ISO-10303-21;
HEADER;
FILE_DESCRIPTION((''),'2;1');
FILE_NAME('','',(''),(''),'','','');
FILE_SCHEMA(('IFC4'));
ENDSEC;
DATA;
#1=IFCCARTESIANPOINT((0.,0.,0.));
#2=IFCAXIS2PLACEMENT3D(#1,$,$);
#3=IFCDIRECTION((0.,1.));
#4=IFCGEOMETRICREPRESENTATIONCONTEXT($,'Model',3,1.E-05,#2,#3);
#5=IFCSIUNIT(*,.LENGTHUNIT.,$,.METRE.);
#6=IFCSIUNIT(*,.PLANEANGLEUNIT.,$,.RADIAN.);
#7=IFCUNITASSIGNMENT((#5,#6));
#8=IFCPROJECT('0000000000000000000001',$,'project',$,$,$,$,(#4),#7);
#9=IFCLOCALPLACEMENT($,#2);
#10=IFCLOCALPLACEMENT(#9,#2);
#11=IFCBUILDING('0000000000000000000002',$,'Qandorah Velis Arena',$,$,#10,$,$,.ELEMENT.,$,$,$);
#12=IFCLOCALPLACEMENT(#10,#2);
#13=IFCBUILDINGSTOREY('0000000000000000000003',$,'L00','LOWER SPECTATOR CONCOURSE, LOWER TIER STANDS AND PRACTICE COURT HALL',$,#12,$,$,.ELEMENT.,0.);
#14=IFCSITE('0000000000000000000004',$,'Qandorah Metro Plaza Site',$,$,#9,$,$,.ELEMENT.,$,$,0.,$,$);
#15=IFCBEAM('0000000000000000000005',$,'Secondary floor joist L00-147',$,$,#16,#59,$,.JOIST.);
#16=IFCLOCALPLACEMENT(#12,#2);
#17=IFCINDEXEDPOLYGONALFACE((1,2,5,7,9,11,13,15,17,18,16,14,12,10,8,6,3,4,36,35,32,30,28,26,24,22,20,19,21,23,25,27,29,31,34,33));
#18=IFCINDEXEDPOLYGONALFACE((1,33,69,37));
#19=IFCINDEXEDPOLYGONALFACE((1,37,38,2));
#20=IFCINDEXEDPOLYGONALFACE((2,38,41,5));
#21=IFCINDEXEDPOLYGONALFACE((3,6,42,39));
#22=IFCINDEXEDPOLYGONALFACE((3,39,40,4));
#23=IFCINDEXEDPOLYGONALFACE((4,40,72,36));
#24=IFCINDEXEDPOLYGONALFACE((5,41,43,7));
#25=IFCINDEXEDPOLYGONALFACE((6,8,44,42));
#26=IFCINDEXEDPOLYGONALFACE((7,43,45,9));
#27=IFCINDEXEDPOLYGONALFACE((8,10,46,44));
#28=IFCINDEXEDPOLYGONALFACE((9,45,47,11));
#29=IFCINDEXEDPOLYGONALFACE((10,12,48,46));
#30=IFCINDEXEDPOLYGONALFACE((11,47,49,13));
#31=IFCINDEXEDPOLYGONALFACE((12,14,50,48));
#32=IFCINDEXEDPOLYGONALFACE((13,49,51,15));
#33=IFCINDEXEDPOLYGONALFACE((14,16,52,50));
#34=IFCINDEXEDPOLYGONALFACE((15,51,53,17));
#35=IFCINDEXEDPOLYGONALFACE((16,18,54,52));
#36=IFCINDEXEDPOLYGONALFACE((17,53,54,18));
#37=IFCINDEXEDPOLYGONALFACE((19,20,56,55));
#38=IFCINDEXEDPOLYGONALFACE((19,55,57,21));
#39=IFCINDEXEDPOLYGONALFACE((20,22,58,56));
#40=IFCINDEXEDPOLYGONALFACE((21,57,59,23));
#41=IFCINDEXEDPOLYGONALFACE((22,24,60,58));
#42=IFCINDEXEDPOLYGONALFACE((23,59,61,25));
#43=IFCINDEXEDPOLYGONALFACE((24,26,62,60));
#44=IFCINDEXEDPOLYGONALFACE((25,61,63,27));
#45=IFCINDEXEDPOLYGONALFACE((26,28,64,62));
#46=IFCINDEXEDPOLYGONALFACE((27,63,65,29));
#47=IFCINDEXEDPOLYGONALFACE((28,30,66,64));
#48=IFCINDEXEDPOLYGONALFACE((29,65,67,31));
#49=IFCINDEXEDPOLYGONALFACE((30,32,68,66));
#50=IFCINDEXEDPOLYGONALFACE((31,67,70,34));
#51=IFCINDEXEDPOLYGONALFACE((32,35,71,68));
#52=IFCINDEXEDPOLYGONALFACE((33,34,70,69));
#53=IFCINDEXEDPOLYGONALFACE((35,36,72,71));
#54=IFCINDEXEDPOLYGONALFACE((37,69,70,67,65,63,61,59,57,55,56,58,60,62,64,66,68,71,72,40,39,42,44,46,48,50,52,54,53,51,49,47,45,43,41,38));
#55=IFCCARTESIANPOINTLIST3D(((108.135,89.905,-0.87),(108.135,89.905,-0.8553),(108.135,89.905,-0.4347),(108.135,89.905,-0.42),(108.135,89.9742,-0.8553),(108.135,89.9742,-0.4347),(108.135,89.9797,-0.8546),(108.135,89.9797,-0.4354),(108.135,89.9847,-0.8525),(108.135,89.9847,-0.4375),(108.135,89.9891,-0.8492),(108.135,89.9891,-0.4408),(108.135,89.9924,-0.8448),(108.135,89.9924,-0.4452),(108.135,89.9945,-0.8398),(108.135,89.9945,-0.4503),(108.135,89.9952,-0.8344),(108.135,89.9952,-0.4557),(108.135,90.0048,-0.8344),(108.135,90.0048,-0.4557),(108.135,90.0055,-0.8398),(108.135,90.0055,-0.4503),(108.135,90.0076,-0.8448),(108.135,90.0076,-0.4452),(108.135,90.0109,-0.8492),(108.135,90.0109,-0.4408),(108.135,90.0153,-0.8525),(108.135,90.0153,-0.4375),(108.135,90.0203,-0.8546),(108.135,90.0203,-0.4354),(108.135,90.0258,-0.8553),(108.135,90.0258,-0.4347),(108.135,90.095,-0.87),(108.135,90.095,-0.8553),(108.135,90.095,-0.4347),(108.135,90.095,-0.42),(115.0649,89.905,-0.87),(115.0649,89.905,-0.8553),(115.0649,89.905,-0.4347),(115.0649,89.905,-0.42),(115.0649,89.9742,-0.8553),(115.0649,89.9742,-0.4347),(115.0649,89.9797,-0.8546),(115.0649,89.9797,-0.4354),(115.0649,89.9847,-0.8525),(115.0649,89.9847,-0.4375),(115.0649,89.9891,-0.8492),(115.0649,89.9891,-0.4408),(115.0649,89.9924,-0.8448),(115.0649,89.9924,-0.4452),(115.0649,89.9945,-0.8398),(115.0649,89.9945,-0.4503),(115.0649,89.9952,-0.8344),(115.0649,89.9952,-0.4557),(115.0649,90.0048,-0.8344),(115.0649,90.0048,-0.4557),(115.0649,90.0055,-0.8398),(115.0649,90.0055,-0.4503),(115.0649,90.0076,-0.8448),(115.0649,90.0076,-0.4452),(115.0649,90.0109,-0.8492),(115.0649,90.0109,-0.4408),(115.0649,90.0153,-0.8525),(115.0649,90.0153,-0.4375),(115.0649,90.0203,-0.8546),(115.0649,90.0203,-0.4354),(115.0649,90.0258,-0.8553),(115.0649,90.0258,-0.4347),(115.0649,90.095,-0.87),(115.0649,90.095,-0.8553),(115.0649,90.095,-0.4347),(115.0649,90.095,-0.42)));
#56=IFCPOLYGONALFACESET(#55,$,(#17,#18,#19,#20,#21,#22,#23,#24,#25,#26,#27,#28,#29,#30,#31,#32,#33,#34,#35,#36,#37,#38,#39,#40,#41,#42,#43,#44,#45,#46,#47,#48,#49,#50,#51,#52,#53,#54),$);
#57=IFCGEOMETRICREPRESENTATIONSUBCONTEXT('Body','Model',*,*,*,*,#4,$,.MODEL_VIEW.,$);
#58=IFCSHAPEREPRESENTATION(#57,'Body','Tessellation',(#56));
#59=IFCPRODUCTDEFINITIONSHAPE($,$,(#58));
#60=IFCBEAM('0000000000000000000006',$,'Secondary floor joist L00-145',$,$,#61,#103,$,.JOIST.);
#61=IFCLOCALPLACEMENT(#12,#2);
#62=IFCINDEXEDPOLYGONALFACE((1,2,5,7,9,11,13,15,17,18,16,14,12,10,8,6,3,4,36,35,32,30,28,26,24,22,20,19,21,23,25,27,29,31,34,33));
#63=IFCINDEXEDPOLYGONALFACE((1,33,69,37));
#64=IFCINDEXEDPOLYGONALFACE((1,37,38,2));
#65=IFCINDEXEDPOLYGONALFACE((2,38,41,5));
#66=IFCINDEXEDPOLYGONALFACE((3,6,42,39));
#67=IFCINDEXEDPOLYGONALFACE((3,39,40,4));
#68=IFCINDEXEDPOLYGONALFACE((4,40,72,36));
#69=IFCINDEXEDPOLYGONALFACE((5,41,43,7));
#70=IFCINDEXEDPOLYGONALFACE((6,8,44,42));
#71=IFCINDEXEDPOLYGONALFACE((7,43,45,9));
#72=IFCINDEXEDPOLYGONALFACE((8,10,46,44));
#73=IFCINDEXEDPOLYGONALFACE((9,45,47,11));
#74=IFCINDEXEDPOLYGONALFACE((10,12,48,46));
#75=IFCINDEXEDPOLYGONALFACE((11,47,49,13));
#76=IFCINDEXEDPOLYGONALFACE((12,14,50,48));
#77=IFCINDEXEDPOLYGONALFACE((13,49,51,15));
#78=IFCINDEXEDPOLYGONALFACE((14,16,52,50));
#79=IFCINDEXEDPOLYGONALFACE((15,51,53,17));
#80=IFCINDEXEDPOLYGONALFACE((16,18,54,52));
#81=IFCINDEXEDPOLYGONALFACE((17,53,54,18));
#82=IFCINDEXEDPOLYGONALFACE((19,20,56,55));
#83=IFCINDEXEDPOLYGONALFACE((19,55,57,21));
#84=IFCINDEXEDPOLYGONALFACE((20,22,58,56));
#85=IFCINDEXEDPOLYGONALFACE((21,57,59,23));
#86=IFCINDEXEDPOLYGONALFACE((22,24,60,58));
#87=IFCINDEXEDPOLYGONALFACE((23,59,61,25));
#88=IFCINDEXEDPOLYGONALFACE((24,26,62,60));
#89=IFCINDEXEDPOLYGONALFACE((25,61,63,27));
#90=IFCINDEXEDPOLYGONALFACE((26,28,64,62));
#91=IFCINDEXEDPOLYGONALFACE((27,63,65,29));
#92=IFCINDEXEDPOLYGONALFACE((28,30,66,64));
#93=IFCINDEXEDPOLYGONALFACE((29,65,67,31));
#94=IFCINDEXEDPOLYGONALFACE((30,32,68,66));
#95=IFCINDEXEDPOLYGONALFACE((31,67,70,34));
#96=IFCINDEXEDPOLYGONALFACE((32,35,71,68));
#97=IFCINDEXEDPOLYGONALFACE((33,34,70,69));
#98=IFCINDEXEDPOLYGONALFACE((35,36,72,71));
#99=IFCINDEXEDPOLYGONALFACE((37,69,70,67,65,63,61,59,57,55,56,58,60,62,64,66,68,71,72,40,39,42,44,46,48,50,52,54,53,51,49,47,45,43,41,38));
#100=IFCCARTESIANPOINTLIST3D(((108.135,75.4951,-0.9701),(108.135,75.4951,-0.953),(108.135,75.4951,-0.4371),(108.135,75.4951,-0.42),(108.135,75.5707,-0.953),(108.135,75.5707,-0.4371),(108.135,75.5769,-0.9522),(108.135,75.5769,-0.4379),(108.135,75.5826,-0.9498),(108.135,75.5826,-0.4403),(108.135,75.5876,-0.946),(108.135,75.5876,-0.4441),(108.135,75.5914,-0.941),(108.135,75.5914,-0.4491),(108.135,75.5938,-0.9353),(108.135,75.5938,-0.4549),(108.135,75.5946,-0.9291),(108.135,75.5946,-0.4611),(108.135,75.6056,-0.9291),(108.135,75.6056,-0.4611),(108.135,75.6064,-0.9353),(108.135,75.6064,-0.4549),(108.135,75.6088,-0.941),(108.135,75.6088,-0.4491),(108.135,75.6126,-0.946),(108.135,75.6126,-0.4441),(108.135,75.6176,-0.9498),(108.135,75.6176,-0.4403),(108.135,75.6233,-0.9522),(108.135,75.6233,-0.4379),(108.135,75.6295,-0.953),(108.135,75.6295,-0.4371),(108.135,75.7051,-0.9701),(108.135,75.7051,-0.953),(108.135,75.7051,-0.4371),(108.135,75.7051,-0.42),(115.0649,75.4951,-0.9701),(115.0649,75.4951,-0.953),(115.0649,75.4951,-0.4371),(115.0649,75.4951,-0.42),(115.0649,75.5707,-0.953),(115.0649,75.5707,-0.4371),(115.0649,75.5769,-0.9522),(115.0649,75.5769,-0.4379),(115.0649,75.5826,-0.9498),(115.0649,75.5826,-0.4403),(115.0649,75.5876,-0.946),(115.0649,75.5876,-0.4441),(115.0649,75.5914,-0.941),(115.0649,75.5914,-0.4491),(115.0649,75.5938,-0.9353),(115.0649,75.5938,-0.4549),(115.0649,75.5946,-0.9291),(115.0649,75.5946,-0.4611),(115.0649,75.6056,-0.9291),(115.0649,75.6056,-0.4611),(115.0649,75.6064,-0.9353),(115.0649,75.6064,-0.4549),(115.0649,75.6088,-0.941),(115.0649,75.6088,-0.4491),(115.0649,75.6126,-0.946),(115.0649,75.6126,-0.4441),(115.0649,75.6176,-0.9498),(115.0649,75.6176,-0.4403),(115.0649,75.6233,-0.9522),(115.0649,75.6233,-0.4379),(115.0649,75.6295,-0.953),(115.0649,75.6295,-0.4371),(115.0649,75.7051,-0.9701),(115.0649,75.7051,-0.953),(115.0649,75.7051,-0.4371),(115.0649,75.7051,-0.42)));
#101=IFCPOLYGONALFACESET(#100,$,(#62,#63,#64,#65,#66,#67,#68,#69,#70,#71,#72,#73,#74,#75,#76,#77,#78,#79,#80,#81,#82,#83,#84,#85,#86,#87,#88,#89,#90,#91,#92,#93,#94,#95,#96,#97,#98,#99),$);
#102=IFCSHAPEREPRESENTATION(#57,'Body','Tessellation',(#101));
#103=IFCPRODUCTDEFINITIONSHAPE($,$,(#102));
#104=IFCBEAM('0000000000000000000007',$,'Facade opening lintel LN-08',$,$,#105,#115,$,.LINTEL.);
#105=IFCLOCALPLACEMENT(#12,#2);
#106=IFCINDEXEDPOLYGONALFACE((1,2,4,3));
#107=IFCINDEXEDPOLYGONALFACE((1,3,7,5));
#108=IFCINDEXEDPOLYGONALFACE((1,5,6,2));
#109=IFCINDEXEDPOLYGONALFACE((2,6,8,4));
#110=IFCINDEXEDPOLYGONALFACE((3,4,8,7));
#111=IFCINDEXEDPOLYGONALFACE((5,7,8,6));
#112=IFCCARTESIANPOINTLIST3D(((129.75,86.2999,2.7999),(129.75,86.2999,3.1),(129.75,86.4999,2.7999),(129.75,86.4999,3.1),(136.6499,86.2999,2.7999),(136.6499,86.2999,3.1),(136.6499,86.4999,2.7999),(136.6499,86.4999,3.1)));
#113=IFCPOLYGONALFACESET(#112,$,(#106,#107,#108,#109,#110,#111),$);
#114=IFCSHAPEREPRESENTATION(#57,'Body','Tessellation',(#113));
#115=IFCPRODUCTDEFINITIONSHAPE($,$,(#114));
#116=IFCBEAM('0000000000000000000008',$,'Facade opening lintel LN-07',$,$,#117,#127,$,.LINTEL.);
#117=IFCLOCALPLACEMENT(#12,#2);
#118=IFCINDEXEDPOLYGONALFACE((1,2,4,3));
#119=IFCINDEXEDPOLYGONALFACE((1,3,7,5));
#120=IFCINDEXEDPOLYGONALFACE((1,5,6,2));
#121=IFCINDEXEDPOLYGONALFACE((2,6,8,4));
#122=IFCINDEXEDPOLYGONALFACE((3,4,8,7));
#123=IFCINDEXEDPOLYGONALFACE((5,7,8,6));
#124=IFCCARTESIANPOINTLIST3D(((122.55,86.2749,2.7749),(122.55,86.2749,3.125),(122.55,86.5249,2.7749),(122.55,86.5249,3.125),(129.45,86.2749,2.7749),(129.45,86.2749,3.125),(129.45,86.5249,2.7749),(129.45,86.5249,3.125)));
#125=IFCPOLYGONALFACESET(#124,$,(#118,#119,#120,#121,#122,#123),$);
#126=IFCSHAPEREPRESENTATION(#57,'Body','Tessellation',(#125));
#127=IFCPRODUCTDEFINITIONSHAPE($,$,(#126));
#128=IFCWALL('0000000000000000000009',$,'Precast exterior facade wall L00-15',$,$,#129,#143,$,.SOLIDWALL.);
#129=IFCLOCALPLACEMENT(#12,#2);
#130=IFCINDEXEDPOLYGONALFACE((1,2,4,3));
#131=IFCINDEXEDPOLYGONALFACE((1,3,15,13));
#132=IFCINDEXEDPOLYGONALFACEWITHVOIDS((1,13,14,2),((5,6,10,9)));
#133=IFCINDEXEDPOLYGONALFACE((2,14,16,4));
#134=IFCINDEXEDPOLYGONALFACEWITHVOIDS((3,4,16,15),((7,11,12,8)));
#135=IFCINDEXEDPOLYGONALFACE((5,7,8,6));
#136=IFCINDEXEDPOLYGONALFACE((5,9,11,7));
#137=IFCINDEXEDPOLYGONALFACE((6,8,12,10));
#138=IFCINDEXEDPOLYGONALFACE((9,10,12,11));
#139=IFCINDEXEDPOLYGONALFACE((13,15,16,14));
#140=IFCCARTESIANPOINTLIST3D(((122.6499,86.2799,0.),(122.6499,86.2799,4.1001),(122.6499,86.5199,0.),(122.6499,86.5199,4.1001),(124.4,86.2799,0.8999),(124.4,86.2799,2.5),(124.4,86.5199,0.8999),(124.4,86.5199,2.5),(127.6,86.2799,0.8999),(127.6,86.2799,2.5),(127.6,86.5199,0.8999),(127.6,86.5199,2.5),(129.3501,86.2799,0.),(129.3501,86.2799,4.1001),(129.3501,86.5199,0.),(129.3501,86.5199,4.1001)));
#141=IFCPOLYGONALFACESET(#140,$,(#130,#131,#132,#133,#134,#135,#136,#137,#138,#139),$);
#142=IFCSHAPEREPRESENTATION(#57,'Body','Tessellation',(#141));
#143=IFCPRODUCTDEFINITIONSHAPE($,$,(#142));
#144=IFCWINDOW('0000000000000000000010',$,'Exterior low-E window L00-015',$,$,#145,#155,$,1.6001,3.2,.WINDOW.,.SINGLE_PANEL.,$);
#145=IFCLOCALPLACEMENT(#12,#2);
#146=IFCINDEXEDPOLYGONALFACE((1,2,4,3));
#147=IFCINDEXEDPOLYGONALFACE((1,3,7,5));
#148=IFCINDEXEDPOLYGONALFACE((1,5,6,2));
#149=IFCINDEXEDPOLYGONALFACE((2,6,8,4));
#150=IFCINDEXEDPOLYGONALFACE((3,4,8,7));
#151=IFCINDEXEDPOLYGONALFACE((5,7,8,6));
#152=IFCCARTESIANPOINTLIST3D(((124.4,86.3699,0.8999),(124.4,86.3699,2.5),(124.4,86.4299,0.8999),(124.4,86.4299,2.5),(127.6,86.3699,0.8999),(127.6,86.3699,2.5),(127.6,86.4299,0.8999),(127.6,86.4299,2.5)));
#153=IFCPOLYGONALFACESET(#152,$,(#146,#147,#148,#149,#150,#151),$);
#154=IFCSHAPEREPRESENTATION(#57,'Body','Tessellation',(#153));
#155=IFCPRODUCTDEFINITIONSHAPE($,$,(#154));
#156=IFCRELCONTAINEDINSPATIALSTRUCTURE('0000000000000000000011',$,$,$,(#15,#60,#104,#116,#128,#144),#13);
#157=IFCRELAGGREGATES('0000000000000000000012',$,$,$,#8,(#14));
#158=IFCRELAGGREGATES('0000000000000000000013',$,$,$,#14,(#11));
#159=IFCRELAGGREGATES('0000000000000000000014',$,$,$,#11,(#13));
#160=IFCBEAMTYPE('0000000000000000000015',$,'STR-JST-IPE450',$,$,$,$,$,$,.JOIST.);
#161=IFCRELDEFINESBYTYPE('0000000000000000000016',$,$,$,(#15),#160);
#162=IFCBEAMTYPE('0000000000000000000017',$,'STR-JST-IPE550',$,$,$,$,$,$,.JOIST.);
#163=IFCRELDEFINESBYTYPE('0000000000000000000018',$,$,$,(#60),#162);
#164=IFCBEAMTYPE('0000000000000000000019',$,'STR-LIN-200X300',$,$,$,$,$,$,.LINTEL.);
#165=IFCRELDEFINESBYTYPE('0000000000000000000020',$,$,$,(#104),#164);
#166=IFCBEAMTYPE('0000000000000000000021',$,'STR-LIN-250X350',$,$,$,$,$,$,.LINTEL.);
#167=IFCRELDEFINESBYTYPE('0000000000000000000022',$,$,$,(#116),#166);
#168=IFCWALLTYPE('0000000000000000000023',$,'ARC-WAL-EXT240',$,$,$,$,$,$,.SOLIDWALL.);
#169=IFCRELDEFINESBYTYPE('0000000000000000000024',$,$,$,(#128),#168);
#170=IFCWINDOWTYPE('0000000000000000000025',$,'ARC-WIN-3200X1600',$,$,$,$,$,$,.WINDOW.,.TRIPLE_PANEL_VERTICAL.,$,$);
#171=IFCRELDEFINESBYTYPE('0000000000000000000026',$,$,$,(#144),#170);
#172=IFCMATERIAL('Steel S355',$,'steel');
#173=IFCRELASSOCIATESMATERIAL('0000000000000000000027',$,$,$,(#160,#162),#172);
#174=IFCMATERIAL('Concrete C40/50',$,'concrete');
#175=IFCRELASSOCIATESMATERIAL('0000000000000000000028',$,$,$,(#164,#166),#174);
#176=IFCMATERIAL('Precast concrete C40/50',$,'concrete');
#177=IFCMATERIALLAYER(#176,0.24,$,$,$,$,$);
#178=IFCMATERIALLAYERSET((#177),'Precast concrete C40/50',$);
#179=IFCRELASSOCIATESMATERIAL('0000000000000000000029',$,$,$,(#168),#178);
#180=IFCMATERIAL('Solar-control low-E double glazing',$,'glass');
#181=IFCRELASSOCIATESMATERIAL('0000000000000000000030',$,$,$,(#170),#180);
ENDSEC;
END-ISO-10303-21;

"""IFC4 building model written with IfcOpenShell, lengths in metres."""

from ifc_helpers import new_model, si_unit, direction, frame, frame_2d, origin, origin_2d, place, context, subcontext, project, spatial, rectangle, i_section, extrude, material, layer, layer_set, material_profile, profile_set, type_object, element, fill, save


model = new_model("IFC4")

# Units and contexts
model_context = context("Model", 3, precision=1e-05, world=origin(), true_north=direction((0.0, 1.0)))
body_context = subcontext(model_context, "Body", "Model", "MODEL_VIEW")
ifc_project = project(units=[si_unit("LENGTHUNIT", "METRE"), si_unit("PLANEANGLEUNIT", "RADIAN")], contexts=[model_context])

# Site, building, storey
site_placement = place(None, origin())
site = spatial("IfcSite", under=ifc_project, at=site_placement, Name="Qandorah Metro Plaza Site", CompositionType="ELEMENT", RefElevation=0.0)
building_placement = place(site_placement, origin())
building = spatial("IfcBuilding", under=site, at=building_placement, Name="Qandorah Velis Arena", CompositionType="ELEMENT")
storey_placement = place(building_placement, origin())
storey = spatial("IfcBuildingStorey", under=building, at=storey_placement, Name="L00", Description="LOWER SPECTATOR CONCOURSE, LOWER TIER STANDS AND PRACTICE COURT HALL", CompositionType="ELEMENT", Elevation=0.0)

# Shared definitions
ifc_material_1 = material(Name="Concrete C40/50", Category="concrete")

# Beams
ifc_material_2 = material(Name="Steel S355", Category="steel")
ifc_material_profile_1 = material_profile(ifc_material_2, i_section(OverallWidth=0.1899, OverallDepth=0.45, WebThickness=0.0095, FlangeThickness=0.0146, FilletRadius=0.021, at=origin_2d()), Name="IPE 450")
ifc_profile_set_1 = profile_set([ifc_material_profile_1], Name="Steel S355")
beam_type_1 = type_object("IfcBeamType", Name="STR-JST-IPE450", PredefinedType="JOIST", material=ifc_profile_set_1)
for number, where, z_axis, x_axis, name in (
    (1, (108.135, 90.0, -0.645), (1.0, 0.0, 0.0), (0.0, 1.0, 0.0), "Secondary floor joist L00-147"),
):
    element("IfcBeam", number, at=place(storey_placement, frame(where, z_axis=z_axis, x_axis=x_axis)), inside=storey, type_object=beam_type_1, Name=name, PredefinedType="JOIST", context=body_context, shape_type="SweptSolid", body=[
        extrude(i_section(OverallWidth=0.1899, OverallDepth=0.45, WebThickness=0.0095, FlangeThickness=0.0146, FilletRadius=0.021, at=origin_2d()), origin(), (0.0, 0.0, 1.0), 6.9299),
    ])
ifc_material_profile_2 = material_profile(ifc_material_2, i_section(OverallWidth=0.21, OverallDepth=0.55, WebThickness=0.011, FlangeThickness=0.0171, FilletRadius=0.0239, at=origin_2d()), Name="IPE 550")
ifc_profile_set_2 = profile_set([ifc_material_profile_2], Name="Steel S355")
beam_type_2 = type_object("IfcBeamType", Name="STR-JST-IPE550", PredefinedType="JOIST", material=ifc_profile_set_2)
beam_1_placement = place(storey_placement, frame((108.135, 75.6001, -0.6951), z_axis=(1.0, 0.0, 0.0), x_axis=(0.0, 1.0, 0.0)))
element("IfcBeam", 2, at=beam_1_placement, inside=storey, type_object=beam_type_2, Name="Secondary floor joist L00-145", PredefinedType="JOIST", context=body_context, shape_type="SweptSolid", body=[
    extrude(i_section(OverallWidth=0.21, OverallDepth=0.55, WebThickness=0.011, FlangeThickness=0.0171, FilletRadius=0.0239, at=origin_2d()), origin(), (0.0, 0.0, 1.0), 6.9299),
])
ifc_material_profile_3 = material_profile(ifc_material_1, rectangle(XDim=0.2, YDim=0.3, at=origin_2d()), Name="RC LINTEL 200x300")
ifc_profile_set_3 = profile_set([ifc_material_profile_3], Name="Concrete C40/50")
beam_type_3 = type_object("IfcBeamType", Name="STR-LIN-200X300", PredefinedType="LINTEL", material=ifc_profile_set_3)
beam_2_placement = place(storey_placement, frame((129.75, 86.3999, 2.95), z_axis=(1.0, 0.0, 0.0), x_axis=(0.0, 1.0, 0.0)))
element("IfcBeam", 3, at=beam_2_placement, inside=storey, type_object=beam_type_3, Name="Facade opening lintel LN-08", PredefinedType="LINTEL", context=body_context, shape_type="SweptSolid", body=[
    extrude(rectangle(XDim=0.2, YDim=0.3, at=origin_2d()), origin(), (0.0, 0.0, 1.0), 6.8999),
])
ifc_material_profile_4 = material_profile(ifc_material_1, rectangle(XDim=0.25, YDim=0.3501, at=origin_2d()), Name="RC LINTEL 250x350")
ifc_profile_set_4 = profile_set([ifc_material_profile_4], Name="Concrete C40/50")
beam_type_4 = type_object("IfcBeamType", Name="STR-LIN-250X350", PredefinedType="LINTEL", material=ifc_profile_set_4)
beam_3_placement = place(storey_placement, frame((122.55, 86.3999, 2.95), z_axis=(1.0, 0.0, 0.0), x_axis=(0.0, 1.0, 0.0)))
element("IfcBeam", 4, at=beam_3_placement, inside=storey, type_object=beam_type_4, Name="Facade opening lintel LN-07", PredefinedType="LINTEL", context=body_context, shape_type="SweptSolid", body=[
    extrude(rectangle(XDim=0.25, YDim=0.3501, at=origin_2d()), origin(), (0.0, 0.0, 1.0), 6.8999),
])

# Wall, opening, window
ifc_material_3 = material(Name="Precast concrete C40/50", Category="concrete")
ifc_layer_1 = layer(ifc_material_3, 0.24)
ifc_layer_set_1 = layer_set([ifc_layer_1], Name="Precast concrete C40/50")
wall_type_1 = type_object("IfcWallType", Name="ARC-WAL-EXT240", PredefinedType="SOLIDWALL", material=ifc_layer_set_1)
wall_1_placement = place(storey_placement, frame((122.6499, 86.3999, 0.0), z_axis=(0.0, 0.0, 1.0), x_axis=(1.0, 0.0, 0.0)))
wall_1 = element("IfcWall", 5, at=wall_1_placement, inside=storey, type_object=wall_type_1, Name="Precast exterior facade wall L00-15", PredefinedType="SOLIDWALL", context=body_context, shape_type="SweptSolid", body=[
    extrude(rectangle(XDim=6.7002, YDim=0.24, at=frame_2d((3.3501, 0.0))), origin(), (0.0, 0.0, 1.0), 4.1001),
])
opening_1_placement = place(wall_1_placement, frame((1.75, 0.0, 0.8999)))
opening_1 = element("IfcOpeningElement", 6, at=opening_1_placement, cuts=wall_1, PredefinedType="OPENING", context=body_context, shape_type="SweptSolid", body=[
    extrude(rectangle(XDim=3.2, YDim=1.6001, at=frame_2d((1.6001, 0.8))), frame((0.0, 0.1299, 0.0), z_axis=(0.0, -1.0, 0.0), x_axis=(1.0, 0.0, 0.0)), (0.0, 0.0, 1.0), 0.26),
])
ifc_material_4 = material(Name="Solar-control low-E double glazing", Category="glass")
window_type_1 = type_object("IfcWindowType", Name="ARC-WIN-3200X1600", PartitioningType="TRIPLE_PANEL_VERTICAL", PredefinedType="WINDOW", material=ifc_material_4)
window_1_placement = place(opening_1_placement, origin())
window_1 = element("IfcWindow", 7, at=window_1_placement, inside=storey, type_object=window_type_1, Name="Exterior low-E window L00-015", OverallHeight=1.6001, OverallWidth=3.2, PartitioningType="SINGLE_PANEL", PredefinedType="WINDOW", context=body_context, shape_type="SweptSolid", body=[
    extrude(rectangle(XDim=3.2, YDim=1.6001, at=frame_2d((1.6001, 0.8))), frame((0.0, 0.03, 0.0), z_axis=(0.0, -1.0, 0.0), x_axis=(1.0, 0.0, 0.0)), (0.0, 0.0, 1.0), 0.0601),
])
fill(opening_1, window_1)

save(model, "model.ifc")
